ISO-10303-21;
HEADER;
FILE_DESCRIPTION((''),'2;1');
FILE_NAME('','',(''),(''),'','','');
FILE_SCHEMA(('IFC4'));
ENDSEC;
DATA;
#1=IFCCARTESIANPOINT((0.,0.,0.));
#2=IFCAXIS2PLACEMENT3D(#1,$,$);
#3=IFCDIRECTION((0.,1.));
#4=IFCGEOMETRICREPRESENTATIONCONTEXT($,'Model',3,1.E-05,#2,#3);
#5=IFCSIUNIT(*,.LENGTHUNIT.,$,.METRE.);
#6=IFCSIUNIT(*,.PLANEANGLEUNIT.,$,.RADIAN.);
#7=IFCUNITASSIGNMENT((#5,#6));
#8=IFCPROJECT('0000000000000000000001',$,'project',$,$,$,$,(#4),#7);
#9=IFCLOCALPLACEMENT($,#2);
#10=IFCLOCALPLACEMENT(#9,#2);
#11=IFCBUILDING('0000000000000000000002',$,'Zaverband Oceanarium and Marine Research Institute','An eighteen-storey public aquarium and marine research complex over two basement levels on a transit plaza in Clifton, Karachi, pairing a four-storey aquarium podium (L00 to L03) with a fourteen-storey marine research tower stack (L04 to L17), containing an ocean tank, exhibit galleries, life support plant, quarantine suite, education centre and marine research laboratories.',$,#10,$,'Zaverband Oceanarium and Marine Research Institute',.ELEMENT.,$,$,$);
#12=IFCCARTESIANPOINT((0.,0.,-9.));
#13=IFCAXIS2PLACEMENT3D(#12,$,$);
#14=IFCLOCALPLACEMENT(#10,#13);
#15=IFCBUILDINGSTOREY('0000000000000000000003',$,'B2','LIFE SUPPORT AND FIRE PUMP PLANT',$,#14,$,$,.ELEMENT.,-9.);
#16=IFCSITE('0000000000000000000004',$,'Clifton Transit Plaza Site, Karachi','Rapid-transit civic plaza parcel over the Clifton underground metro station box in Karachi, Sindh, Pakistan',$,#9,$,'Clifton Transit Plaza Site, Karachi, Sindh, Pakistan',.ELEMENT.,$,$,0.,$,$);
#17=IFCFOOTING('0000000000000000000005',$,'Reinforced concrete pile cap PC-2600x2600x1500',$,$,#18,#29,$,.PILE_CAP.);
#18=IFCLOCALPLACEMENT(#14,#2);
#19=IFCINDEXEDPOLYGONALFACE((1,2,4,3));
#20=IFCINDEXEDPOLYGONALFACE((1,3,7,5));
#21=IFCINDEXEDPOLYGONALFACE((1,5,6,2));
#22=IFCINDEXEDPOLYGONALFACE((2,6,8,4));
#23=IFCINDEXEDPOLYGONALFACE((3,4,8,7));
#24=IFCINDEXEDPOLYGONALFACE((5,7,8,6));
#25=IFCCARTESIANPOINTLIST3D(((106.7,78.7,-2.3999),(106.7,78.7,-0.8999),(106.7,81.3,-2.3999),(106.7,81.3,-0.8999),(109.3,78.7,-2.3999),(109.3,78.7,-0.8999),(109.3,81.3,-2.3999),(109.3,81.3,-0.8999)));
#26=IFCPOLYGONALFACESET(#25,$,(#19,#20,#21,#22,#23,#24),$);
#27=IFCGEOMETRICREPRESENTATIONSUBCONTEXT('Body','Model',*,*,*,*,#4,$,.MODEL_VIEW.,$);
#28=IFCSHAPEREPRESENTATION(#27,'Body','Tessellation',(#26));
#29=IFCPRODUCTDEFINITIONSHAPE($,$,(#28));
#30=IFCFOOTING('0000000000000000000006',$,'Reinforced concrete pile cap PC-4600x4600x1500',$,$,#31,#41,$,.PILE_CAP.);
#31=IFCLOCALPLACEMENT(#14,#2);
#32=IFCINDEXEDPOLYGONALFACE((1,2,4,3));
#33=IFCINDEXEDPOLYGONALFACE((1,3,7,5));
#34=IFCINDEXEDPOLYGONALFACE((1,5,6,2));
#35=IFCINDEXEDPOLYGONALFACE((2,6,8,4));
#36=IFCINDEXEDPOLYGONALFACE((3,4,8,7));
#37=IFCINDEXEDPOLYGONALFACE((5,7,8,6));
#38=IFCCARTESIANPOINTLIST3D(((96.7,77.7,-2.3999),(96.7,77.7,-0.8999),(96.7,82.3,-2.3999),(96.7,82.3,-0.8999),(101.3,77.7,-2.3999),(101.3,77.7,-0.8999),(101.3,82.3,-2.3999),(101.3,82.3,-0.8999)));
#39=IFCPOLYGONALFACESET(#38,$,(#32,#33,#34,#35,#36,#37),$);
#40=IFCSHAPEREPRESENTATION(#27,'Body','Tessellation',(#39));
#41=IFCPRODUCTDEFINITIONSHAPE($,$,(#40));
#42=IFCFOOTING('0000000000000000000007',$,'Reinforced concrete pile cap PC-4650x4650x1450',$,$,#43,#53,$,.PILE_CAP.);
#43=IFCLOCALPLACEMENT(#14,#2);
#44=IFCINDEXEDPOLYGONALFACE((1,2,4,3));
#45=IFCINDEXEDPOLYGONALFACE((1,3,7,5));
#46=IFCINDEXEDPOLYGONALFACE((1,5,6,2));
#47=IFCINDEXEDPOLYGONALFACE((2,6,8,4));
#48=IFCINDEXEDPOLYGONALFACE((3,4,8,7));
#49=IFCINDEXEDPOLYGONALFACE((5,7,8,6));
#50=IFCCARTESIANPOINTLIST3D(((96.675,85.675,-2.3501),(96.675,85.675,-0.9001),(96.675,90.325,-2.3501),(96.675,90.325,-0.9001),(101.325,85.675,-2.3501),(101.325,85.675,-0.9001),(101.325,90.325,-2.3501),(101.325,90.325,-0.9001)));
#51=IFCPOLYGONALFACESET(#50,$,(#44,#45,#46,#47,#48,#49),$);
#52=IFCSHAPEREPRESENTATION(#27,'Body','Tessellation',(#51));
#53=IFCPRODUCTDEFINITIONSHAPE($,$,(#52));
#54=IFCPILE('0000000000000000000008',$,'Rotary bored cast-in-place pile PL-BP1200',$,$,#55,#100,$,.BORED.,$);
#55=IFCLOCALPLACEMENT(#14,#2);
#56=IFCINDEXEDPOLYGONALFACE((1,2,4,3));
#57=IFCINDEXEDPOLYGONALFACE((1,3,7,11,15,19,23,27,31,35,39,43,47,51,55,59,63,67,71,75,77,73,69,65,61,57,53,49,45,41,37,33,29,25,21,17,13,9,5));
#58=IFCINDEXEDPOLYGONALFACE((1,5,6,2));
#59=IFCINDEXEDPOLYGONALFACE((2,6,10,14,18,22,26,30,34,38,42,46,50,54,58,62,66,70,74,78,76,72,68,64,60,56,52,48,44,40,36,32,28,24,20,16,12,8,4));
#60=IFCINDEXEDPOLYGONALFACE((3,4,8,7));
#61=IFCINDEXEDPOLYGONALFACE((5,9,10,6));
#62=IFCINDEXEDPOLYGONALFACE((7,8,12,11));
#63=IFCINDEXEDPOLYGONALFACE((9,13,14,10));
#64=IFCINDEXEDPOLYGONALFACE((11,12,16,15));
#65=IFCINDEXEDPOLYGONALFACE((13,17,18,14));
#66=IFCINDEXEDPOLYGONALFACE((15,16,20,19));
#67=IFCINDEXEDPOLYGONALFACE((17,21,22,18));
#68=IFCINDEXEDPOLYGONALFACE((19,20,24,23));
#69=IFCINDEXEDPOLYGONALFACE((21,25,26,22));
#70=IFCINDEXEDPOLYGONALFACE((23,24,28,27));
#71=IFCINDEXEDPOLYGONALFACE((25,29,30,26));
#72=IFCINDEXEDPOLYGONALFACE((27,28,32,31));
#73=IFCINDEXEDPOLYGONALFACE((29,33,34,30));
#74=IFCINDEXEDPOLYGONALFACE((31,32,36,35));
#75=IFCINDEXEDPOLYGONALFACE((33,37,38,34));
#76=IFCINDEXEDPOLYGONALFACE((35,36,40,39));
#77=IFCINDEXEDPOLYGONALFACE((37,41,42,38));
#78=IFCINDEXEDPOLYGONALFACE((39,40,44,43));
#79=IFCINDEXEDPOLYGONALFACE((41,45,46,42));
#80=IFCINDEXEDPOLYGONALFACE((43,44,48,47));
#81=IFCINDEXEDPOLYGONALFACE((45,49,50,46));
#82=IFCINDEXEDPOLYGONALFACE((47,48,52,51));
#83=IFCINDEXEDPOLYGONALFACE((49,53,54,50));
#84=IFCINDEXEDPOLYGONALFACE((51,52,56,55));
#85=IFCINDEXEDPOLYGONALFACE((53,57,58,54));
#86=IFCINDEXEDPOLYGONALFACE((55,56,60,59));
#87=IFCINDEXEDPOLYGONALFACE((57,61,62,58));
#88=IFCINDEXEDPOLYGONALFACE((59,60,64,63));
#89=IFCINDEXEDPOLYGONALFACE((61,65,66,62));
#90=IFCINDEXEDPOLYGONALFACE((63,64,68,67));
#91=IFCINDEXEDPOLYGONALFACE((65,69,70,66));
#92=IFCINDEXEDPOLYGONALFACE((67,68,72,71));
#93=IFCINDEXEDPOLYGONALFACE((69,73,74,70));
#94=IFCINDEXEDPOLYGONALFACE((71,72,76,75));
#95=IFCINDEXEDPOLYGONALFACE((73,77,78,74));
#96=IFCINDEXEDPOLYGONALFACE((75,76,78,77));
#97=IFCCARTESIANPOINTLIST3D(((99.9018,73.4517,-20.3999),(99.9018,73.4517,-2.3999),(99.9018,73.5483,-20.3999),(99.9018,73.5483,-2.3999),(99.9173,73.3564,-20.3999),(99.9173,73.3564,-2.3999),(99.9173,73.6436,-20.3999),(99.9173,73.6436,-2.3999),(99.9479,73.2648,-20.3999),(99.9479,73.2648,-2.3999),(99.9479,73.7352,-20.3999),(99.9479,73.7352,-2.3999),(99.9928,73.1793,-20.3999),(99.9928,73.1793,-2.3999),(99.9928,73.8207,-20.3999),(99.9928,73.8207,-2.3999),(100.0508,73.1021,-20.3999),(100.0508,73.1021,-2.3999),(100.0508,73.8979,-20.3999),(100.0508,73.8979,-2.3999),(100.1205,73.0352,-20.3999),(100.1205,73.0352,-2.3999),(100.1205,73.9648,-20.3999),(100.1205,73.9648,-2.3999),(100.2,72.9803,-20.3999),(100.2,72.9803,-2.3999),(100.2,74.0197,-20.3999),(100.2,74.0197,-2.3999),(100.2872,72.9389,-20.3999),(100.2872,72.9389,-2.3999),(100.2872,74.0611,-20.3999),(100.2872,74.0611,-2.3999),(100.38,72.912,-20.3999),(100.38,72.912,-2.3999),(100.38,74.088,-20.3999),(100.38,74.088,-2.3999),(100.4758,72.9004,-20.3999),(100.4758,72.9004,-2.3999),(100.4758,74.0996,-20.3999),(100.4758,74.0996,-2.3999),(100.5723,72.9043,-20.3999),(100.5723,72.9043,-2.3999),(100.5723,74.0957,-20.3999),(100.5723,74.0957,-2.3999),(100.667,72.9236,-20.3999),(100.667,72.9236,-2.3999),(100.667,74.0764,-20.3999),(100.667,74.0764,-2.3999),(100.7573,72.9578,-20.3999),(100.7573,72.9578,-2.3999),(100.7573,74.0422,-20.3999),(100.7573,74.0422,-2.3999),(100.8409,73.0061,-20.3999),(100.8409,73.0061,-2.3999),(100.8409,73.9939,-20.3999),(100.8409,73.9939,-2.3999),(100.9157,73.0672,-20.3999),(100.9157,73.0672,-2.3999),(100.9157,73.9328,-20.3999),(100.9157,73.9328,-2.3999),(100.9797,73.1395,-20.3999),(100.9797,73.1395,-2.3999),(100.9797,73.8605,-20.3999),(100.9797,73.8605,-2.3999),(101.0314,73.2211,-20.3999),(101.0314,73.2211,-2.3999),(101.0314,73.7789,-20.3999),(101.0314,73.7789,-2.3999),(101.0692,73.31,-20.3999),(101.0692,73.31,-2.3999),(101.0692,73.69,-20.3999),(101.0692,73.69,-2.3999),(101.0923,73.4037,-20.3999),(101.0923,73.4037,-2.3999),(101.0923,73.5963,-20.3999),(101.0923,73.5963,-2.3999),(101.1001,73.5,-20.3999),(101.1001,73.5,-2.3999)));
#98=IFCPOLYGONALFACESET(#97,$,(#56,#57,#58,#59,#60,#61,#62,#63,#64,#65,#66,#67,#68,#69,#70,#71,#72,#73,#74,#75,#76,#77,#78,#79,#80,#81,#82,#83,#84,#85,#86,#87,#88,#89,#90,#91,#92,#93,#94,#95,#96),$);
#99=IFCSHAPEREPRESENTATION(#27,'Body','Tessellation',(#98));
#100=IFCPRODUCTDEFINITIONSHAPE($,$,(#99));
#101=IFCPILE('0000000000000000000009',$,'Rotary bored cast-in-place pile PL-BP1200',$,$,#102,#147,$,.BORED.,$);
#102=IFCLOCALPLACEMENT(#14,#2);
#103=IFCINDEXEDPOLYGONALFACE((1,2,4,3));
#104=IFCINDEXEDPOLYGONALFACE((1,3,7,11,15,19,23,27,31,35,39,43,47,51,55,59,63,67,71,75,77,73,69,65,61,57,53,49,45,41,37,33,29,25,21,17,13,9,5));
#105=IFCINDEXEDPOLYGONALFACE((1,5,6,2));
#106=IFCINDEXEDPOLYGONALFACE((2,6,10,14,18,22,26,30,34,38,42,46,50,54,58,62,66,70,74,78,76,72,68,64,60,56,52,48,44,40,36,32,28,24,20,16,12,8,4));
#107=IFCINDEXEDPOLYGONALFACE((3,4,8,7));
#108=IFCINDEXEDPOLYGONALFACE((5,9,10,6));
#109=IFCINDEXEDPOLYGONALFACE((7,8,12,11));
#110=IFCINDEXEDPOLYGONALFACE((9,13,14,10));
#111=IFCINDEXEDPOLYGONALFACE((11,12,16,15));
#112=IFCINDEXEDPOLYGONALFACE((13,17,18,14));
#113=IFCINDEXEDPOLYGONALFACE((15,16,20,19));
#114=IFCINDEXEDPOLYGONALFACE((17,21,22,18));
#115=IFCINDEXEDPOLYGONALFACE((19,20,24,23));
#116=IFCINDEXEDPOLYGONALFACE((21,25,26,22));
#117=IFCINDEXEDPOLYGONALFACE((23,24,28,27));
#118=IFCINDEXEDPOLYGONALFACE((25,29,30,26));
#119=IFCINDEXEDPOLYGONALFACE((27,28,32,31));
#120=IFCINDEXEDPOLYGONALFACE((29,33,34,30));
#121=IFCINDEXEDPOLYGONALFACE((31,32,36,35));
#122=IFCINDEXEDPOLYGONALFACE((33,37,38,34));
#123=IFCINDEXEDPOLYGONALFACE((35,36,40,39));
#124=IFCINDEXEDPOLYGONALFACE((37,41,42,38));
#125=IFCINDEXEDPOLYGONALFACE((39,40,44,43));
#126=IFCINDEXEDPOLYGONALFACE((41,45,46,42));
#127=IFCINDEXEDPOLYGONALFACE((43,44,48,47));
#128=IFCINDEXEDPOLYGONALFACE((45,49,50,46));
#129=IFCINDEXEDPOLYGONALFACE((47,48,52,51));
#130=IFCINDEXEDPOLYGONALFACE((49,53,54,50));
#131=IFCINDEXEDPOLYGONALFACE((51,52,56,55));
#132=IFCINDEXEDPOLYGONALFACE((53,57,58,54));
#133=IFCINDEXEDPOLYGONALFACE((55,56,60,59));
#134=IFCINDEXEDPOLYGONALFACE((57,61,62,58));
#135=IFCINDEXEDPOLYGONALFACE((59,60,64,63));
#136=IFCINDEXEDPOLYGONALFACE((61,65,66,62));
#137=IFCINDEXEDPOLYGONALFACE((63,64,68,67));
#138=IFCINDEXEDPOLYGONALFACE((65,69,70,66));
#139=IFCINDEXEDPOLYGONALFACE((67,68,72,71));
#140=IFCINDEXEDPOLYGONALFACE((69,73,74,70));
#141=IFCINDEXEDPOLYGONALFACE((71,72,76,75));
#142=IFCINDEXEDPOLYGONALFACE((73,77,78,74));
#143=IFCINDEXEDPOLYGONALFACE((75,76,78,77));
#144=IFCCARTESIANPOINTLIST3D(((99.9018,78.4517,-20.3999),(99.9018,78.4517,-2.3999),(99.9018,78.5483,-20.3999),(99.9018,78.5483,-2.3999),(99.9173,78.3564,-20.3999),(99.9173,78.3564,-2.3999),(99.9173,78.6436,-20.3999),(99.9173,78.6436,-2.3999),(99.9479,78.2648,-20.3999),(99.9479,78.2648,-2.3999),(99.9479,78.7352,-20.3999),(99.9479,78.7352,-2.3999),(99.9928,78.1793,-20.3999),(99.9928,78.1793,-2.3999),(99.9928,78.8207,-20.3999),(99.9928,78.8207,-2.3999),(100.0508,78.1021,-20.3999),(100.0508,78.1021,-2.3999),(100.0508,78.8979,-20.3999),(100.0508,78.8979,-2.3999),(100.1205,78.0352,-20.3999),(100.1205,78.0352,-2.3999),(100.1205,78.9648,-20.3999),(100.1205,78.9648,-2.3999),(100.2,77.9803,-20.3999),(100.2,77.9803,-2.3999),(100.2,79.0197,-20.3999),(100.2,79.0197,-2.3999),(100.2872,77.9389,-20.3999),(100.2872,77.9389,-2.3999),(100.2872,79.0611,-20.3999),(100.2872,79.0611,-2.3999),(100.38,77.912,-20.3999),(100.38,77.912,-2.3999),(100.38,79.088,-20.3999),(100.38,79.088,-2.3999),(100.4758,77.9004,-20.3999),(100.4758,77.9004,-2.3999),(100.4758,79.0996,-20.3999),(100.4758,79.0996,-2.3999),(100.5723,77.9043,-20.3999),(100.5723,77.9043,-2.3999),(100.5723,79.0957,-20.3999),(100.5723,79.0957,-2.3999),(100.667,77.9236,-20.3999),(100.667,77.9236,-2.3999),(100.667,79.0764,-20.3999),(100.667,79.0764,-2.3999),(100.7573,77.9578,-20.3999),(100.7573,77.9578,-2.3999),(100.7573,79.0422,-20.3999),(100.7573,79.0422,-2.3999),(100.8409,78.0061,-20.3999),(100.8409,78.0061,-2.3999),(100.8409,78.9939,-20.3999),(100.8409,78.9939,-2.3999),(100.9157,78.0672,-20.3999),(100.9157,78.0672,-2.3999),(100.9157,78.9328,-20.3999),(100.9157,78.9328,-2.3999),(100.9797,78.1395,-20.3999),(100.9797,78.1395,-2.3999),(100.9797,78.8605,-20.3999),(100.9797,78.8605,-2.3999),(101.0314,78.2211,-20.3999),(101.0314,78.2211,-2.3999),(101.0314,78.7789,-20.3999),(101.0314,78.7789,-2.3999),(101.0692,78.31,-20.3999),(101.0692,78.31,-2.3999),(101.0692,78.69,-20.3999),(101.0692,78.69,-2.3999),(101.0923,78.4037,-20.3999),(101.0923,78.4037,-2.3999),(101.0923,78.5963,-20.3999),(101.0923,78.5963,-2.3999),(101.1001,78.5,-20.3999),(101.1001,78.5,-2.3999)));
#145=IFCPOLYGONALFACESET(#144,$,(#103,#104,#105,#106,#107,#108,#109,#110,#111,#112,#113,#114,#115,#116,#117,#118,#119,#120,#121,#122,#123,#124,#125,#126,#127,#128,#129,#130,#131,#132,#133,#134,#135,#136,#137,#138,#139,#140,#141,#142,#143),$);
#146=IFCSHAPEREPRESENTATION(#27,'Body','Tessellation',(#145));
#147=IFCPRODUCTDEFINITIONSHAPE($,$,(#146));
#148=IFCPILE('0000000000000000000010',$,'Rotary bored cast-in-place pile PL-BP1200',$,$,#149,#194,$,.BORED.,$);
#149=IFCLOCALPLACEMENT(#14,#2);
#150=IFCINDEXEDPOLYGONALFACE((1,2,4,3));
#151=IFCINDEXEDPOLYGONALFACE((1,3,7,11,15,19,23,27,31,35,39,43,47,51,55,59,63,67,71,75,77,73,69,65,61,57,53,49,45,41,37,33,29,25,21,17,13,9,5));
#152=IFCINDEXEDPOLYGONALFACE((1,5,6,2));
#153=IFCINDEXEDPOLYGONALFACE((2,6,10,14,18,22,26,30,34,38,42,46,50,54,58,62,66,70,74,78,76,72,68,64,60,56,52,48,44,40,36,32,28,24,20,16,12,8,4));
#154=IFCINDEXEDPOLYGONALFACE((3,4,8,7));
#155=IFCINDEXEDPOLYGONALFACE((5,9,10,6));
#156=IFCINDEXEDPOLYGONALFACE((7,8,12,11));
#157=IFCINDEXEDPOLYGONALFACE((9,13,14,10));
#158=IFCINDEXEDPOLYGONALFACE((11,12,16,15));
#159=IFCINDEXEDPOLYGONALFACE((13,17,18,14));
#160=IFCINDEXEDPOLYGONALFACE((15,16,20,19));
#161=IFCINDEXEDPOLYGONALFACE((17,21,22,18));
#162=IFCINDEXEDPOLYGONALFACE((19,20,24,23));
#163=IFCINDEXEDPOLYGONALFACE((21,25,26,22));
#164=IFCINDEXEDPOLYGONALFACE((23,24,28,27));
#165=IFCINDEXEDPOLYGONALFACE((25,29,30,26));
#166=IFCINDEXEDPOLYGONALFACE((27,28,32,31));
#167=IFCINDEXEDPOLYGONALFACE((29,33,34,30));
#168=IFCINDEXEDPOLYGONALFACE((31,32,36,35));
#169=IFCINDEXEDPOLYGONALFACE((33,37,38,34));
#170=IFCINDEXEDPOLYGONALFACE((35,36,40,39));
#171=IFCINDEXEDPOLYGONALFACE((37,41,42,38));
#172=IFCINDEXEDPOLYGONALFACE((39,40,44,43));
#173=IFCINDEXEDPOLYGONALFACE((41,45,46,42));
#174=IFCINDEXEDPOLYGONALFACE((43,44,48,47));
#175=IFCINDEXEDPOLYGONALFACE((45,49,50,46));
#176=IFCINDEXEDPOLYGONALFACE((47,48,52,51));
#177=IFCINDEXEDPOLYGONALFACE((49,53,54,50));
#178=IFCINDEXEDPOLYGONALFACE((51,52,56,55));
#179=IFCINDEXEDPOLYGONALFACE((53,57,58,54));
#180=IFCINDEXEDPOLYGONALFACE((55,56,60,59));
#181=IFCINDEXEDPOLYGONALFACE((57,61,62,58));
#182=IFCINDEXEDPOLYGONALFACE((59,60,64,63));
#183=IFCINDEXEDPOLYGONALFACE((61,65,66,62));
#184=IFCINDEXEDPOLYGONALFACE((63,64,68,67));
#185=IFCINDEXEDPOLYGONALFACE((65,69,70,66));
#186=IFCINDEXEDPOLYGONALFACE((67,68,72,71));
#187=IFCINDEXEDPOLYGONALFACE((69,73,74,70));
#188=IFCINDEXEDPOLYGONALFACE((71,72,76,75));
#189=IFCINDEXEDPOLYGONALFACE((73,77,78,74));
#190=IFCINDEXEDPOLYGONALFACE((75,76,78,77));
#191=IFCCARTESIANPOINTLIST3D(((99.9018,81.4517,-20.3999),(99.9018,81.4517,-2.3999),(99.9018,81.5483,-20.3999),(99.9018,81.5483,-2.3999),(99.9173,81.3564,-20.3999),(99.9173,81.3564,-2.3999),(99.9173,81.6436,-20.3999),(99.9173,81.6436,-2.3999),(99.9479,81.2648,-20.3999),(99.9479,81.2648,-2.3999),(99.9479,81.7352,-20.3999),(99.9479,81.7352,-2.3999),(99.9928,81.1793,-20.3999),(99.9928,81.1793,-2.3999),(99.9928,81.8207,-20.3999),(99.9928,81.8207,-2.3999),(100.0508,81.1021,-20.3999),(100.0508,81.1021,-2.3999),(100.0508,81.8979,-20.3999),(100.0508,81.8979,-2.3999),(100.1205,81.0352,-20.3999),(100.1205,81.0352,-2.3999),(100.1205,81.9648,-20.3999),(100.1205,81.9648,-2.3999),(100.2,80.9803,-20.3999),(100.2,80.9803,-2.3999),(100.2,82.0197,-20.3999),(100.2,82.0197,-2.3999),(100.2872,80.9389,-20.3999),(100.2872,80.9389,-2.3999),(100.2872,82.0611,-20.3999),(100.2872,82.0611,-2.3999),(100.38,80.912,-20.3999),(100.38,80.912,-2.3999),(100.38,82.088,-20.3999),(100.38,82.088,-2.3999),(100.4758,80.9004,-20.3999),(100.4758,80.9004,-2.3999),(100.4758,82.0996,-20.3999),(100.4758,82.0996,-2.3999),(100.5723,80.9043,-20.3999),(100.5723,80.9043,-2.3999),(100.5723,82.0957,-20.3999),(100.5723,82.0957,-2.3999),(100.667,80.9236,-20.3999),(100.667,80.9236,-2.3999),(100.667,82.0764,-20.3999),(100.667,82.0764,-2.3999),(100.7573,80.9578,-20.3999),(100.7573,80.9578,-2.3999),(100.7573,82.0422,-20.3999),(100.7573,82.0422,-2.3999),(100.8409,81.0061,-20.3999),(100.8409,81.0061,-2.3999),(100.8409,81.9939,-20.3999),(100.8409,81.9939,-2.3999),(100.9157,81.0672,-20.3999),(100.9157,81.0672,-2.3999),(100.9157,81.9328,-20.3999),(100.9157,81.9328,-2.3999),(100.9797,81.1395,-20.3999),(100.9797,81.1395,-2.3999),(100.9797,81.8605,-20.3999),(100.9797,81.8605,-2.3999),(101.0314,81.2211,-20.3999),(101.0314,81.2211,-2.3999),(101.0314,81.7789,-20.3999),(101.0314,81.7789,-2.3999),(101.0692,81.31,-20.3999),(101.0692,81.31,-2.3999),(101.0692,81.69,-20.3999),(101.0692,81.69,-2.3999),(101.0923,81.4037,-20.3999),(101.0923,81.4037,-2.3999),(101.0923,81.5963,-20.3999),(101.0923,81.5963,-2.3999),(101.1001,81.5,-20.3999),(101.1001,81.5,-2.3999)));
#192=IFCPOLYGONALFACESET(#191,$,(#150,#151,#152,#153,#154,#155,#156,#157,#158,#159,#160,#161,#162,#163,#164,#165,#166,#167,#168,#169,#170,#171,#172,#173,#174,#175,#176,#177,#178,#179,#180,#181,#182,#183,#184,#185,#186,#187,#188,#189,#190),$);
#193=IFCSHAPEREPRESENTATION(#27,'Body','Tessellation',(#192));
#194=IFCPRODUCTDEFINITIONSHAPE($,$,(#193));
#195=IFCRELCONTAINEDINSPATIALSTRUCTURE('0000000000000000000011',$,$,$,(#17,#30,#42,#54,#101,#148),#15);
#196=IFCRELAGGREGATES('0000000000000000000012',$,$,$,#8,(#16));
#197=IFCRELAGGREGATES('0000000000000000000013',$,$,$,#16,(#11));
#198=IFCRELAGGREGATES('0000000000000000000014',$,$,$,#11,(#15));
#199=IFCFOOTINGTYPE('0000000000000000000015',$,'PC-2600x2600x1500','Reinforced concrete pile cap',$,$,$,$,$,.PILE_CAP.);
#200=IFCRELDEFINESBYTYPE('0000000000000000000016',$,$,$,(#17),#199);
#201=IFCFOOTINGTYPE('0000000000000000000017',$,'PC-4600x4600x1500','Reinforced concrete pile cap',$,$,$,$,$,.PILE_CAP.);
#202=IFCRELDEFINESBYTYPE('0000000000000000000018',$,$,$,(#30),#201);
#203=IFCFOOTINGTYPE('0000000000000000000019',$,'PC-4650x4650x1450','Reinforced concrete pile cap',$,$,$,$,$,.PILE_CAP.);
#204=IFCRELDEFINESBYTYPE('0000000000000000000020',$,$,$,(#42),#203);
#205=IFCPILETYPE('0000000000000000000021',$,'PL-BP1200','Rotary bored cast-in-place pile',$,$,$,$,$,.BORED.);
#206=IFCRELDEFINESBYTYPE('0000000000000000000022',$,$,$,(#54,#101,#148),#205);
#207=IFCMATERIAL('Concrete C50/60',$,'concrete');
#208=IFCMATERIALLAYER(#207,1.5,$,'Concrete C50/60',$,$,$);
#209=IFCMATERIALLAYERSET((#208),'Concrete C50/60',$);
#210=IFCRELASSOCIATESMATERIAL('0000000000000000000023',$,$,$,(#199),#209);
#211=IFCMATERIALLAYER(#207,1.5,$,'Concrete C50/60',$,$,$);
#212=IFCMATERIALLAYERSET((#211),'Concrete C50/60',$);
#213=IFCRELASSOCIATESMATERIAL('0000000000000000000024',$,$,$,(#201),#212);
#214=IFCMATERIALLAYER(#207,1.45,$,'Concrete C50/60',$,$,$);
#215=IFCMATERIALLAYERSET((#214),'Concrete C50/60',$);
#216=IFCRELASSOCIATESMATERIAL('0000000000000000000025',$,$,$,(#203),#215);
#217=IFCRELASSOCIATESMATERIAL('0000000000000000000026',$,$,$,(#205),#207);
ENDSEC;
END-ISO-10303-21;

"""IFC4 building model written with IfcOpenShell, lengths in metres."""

from ifc_helpers import new_model, si_unit, direction, frame, origin, origin_2d, place, context, subcontext, project, spatial, rectangle, circle, extrude, material, layer, layer_set, material_profile, profile_set, type_object, element, save


model = new_model("IFC4")

# Units and contexts
model_context = context("Model", 3, precision=1e-05, world=origin(), true_north=direction((0.0, 1.0)))
body_context = subcontext(model_context, "Body", "Model", "MODEL_VIEW")
ifc_project = project(units=[si_unit("LENGTHUNIT", "METRE"), si_unit("PLANEANGLEUNIT", "RADIAN")], contexts=[model_context])

# Site, building, storey
site_placement = place(None, origin())
site = spatial("IfcSite", under=ifc_project, at=site_placement, Name="Clifton Transit Plaza Site, Karachi", Description="Rapid-transit civic plaza parcel over the Clifton underground metro station box in Karachi, Sindh, Pakistan", LongName="Clifton Transit Plaza Site, Karachi, Sindh, Pakistan", CompositionType="ELEMENT", RefElevation=0.0)
building_placement = place(site_placement, origin())
building = spatial("IfcBuilding", under=site, at=building_placement, Name="Zaverband Oceanarium and Marine Research Institute", Description="An eighteen-storey public aquarium and marine research complex over two basement levels on a transit plaza in Clifton, Karachi, pairing a four-storey aquarium podium (L00 to L03) with a fourteen-storey marine research tower stack (L04 to L17), containing an ocean tank, exhibit galleries, life support plant, quarantine suite, education centre and marine research laboratories.", LongName="Zaverband Oceanarium and Marine Research Institute", CompositionType="ELEMENT")
storey_placement = place(building_placement, frame((0.0, 0.0, -9.0)))
storey = spatial("IfcBuildingStorey", under=building, at=storey_placement, Name="B2", Description="LIFE SUPPORT AND FIRE PUMP PLANT", CompositionType="ELEMENT", Elevation=-9.0)

# Footings
ifc_material_1 = material(Name="Concrete C50/60", Category="concrete")
ifc_layer_1 = layer(ifc_material_1, 1.5, Name="Concrete C50/60")
ifc_layer_set_1 = layer_set([ifc_layer_1], Name="Concrete C50/60")
footing_type_1 = type_object("IfcFootingType", Name="PC-2600x2600x1500", Description="Reinforced concrete pile cap", PredefinedType="PILE_CAP", material=ifc_layer_set_1)
footing_1_placement = place(storey_placement, frame((108.0, 80.0, -2.3999), z_axis=(0.0, 0.0, 1.0), x_axis=(1.0, 0.0, 0.0)))
element("IfcFooting", 1, at=footing_1_placement, inside=storey, type_object=footing_type_1, Name="Reinforced concrete pile cap PC-2600x2600x1500", PredefinedType="PILE_CAP", context=body_context, shape_type="SweptSolid", body=[
    extrude(rectangle(XDim=2.6001, YDim=2.6001, at=origin_2d()), origin(), (0.0, 0.0, 1.0), 1.5),
])
ifc_layer_2 = layer(ifc_material_1, 1.5, Name="Concrete C50/60")
ifc_layer_set_2 = layer_set([ifc_layer_2], Name="Concrete C50/60")
footing_type_2 = type_object("IfcFootingType", Name="PC-4600x4600x1500", Description="Reinforced concrete pile cap", PredefinedType="PILE_CAP", material=ifc_layer_set_2)
footing_2_placement = place(storey_placement, frame((99.0, 80.0, -2.3999), z_axis=(0.0, 0.0, 1.0), x_axis=(1.0, 0.0, 0.0)))
element("IfcFooting", 2, at=footing_2_placement, inside=storey, type_object=footing_type_2, Name="Reinforced concrete pile cap PC-4600x4600x1500", PredefinedType="PILE_CAP", context=body_context, shape_type="SweptSolid", body=[
    extrude(rectangle(XDim=4.6001, YDim=4.6001, at=origin_2d()), origin(), (0.0, 0.0, 1.0), 1.5),
])
ifc_layer_3 = layer(ifc_material_1, 1.45, Name="Concrete C50/60")
ifc_layer_set_3 = layer_set([ifc_layer_3], Name="Concrete C50/60")
footing_type_3 = type_object("IfcFootingType", Name="PC-4650x4650x1450", Description="Reinforced concrete pile cap", PredefinedType="PILE_CAP", material=ifc_layer_set_3)
footing_3_placement = place(storey_placement, frame((99.0, 88.0, -2.3501), z_axis=(0.0, 0.0, 1.0), x_axis=(1.0, 0.0, 0.0)))
element("IfcFooting", 3, at=footing_3_placement, inside=storey, type_object=footing_type_3, Name="Reinforced concrete pile cap PC-4650x4650x1450", PredefinedType="PILE_CAP", context=body_context, shape_type="SweptSolid", body=[
    extrude(rectangle(XDim=4.6499, YDim=4.6499, at=origin_2d()), origin(), (0.0, 0.0, 1.0), 1.45),
])

# Piles
ifc_material_profile_1 = material_profile(ifc_material_1, circle(Radius=0.6001, at=origin_2d()), Name="BP1200")
ifc_profile_set_1 = profile_set([ifc_material_profile_1], Name="Concrete C50/60")
pile_type = type_object("IfcPileType", Name="PL-BP1200", Description="Rotary bored cast-in-place pile", PredefinedType="BORED", material=ifc_profile_set_1)
for number, where, z_axis, x_axis, name in (
    (4, (100.5, 73.5, -2.3999), (0.0, 0.0, -1.0), (1.0, 0.0, 0.0), "Rotary bored cast-in-place pile PL-BP1200"),
    (5, (100.5, 78.5, -2.3999), (0.0, 0.0, -1.0), (1.0, 0.0, 0.0), "Rotary bored cast-in-place pile PL-BP1200"),
    (6, (100.5, 81.5, -2.3999), (0.0, 0.0, -1.0), (1.0, 0.0, 0.0), "Rotary bored cast-in-place pile PL-BP1200"),
):
    element("IfcPile", number, at=place(storey_placement, frame(where, z_axis=z_axis, x_axis=x_axis)), inside=storey, type_object=pile_type, Name=name, PredefinedType="BORED", context=body_context, shape_type="SweptSolid", body=[
        extrude(circle(Radius=0.6001, at=origin_2d()), origin(), (0.0, 0.0, 1.0), 18.0),
    ])

save(model, "model.ifc")
